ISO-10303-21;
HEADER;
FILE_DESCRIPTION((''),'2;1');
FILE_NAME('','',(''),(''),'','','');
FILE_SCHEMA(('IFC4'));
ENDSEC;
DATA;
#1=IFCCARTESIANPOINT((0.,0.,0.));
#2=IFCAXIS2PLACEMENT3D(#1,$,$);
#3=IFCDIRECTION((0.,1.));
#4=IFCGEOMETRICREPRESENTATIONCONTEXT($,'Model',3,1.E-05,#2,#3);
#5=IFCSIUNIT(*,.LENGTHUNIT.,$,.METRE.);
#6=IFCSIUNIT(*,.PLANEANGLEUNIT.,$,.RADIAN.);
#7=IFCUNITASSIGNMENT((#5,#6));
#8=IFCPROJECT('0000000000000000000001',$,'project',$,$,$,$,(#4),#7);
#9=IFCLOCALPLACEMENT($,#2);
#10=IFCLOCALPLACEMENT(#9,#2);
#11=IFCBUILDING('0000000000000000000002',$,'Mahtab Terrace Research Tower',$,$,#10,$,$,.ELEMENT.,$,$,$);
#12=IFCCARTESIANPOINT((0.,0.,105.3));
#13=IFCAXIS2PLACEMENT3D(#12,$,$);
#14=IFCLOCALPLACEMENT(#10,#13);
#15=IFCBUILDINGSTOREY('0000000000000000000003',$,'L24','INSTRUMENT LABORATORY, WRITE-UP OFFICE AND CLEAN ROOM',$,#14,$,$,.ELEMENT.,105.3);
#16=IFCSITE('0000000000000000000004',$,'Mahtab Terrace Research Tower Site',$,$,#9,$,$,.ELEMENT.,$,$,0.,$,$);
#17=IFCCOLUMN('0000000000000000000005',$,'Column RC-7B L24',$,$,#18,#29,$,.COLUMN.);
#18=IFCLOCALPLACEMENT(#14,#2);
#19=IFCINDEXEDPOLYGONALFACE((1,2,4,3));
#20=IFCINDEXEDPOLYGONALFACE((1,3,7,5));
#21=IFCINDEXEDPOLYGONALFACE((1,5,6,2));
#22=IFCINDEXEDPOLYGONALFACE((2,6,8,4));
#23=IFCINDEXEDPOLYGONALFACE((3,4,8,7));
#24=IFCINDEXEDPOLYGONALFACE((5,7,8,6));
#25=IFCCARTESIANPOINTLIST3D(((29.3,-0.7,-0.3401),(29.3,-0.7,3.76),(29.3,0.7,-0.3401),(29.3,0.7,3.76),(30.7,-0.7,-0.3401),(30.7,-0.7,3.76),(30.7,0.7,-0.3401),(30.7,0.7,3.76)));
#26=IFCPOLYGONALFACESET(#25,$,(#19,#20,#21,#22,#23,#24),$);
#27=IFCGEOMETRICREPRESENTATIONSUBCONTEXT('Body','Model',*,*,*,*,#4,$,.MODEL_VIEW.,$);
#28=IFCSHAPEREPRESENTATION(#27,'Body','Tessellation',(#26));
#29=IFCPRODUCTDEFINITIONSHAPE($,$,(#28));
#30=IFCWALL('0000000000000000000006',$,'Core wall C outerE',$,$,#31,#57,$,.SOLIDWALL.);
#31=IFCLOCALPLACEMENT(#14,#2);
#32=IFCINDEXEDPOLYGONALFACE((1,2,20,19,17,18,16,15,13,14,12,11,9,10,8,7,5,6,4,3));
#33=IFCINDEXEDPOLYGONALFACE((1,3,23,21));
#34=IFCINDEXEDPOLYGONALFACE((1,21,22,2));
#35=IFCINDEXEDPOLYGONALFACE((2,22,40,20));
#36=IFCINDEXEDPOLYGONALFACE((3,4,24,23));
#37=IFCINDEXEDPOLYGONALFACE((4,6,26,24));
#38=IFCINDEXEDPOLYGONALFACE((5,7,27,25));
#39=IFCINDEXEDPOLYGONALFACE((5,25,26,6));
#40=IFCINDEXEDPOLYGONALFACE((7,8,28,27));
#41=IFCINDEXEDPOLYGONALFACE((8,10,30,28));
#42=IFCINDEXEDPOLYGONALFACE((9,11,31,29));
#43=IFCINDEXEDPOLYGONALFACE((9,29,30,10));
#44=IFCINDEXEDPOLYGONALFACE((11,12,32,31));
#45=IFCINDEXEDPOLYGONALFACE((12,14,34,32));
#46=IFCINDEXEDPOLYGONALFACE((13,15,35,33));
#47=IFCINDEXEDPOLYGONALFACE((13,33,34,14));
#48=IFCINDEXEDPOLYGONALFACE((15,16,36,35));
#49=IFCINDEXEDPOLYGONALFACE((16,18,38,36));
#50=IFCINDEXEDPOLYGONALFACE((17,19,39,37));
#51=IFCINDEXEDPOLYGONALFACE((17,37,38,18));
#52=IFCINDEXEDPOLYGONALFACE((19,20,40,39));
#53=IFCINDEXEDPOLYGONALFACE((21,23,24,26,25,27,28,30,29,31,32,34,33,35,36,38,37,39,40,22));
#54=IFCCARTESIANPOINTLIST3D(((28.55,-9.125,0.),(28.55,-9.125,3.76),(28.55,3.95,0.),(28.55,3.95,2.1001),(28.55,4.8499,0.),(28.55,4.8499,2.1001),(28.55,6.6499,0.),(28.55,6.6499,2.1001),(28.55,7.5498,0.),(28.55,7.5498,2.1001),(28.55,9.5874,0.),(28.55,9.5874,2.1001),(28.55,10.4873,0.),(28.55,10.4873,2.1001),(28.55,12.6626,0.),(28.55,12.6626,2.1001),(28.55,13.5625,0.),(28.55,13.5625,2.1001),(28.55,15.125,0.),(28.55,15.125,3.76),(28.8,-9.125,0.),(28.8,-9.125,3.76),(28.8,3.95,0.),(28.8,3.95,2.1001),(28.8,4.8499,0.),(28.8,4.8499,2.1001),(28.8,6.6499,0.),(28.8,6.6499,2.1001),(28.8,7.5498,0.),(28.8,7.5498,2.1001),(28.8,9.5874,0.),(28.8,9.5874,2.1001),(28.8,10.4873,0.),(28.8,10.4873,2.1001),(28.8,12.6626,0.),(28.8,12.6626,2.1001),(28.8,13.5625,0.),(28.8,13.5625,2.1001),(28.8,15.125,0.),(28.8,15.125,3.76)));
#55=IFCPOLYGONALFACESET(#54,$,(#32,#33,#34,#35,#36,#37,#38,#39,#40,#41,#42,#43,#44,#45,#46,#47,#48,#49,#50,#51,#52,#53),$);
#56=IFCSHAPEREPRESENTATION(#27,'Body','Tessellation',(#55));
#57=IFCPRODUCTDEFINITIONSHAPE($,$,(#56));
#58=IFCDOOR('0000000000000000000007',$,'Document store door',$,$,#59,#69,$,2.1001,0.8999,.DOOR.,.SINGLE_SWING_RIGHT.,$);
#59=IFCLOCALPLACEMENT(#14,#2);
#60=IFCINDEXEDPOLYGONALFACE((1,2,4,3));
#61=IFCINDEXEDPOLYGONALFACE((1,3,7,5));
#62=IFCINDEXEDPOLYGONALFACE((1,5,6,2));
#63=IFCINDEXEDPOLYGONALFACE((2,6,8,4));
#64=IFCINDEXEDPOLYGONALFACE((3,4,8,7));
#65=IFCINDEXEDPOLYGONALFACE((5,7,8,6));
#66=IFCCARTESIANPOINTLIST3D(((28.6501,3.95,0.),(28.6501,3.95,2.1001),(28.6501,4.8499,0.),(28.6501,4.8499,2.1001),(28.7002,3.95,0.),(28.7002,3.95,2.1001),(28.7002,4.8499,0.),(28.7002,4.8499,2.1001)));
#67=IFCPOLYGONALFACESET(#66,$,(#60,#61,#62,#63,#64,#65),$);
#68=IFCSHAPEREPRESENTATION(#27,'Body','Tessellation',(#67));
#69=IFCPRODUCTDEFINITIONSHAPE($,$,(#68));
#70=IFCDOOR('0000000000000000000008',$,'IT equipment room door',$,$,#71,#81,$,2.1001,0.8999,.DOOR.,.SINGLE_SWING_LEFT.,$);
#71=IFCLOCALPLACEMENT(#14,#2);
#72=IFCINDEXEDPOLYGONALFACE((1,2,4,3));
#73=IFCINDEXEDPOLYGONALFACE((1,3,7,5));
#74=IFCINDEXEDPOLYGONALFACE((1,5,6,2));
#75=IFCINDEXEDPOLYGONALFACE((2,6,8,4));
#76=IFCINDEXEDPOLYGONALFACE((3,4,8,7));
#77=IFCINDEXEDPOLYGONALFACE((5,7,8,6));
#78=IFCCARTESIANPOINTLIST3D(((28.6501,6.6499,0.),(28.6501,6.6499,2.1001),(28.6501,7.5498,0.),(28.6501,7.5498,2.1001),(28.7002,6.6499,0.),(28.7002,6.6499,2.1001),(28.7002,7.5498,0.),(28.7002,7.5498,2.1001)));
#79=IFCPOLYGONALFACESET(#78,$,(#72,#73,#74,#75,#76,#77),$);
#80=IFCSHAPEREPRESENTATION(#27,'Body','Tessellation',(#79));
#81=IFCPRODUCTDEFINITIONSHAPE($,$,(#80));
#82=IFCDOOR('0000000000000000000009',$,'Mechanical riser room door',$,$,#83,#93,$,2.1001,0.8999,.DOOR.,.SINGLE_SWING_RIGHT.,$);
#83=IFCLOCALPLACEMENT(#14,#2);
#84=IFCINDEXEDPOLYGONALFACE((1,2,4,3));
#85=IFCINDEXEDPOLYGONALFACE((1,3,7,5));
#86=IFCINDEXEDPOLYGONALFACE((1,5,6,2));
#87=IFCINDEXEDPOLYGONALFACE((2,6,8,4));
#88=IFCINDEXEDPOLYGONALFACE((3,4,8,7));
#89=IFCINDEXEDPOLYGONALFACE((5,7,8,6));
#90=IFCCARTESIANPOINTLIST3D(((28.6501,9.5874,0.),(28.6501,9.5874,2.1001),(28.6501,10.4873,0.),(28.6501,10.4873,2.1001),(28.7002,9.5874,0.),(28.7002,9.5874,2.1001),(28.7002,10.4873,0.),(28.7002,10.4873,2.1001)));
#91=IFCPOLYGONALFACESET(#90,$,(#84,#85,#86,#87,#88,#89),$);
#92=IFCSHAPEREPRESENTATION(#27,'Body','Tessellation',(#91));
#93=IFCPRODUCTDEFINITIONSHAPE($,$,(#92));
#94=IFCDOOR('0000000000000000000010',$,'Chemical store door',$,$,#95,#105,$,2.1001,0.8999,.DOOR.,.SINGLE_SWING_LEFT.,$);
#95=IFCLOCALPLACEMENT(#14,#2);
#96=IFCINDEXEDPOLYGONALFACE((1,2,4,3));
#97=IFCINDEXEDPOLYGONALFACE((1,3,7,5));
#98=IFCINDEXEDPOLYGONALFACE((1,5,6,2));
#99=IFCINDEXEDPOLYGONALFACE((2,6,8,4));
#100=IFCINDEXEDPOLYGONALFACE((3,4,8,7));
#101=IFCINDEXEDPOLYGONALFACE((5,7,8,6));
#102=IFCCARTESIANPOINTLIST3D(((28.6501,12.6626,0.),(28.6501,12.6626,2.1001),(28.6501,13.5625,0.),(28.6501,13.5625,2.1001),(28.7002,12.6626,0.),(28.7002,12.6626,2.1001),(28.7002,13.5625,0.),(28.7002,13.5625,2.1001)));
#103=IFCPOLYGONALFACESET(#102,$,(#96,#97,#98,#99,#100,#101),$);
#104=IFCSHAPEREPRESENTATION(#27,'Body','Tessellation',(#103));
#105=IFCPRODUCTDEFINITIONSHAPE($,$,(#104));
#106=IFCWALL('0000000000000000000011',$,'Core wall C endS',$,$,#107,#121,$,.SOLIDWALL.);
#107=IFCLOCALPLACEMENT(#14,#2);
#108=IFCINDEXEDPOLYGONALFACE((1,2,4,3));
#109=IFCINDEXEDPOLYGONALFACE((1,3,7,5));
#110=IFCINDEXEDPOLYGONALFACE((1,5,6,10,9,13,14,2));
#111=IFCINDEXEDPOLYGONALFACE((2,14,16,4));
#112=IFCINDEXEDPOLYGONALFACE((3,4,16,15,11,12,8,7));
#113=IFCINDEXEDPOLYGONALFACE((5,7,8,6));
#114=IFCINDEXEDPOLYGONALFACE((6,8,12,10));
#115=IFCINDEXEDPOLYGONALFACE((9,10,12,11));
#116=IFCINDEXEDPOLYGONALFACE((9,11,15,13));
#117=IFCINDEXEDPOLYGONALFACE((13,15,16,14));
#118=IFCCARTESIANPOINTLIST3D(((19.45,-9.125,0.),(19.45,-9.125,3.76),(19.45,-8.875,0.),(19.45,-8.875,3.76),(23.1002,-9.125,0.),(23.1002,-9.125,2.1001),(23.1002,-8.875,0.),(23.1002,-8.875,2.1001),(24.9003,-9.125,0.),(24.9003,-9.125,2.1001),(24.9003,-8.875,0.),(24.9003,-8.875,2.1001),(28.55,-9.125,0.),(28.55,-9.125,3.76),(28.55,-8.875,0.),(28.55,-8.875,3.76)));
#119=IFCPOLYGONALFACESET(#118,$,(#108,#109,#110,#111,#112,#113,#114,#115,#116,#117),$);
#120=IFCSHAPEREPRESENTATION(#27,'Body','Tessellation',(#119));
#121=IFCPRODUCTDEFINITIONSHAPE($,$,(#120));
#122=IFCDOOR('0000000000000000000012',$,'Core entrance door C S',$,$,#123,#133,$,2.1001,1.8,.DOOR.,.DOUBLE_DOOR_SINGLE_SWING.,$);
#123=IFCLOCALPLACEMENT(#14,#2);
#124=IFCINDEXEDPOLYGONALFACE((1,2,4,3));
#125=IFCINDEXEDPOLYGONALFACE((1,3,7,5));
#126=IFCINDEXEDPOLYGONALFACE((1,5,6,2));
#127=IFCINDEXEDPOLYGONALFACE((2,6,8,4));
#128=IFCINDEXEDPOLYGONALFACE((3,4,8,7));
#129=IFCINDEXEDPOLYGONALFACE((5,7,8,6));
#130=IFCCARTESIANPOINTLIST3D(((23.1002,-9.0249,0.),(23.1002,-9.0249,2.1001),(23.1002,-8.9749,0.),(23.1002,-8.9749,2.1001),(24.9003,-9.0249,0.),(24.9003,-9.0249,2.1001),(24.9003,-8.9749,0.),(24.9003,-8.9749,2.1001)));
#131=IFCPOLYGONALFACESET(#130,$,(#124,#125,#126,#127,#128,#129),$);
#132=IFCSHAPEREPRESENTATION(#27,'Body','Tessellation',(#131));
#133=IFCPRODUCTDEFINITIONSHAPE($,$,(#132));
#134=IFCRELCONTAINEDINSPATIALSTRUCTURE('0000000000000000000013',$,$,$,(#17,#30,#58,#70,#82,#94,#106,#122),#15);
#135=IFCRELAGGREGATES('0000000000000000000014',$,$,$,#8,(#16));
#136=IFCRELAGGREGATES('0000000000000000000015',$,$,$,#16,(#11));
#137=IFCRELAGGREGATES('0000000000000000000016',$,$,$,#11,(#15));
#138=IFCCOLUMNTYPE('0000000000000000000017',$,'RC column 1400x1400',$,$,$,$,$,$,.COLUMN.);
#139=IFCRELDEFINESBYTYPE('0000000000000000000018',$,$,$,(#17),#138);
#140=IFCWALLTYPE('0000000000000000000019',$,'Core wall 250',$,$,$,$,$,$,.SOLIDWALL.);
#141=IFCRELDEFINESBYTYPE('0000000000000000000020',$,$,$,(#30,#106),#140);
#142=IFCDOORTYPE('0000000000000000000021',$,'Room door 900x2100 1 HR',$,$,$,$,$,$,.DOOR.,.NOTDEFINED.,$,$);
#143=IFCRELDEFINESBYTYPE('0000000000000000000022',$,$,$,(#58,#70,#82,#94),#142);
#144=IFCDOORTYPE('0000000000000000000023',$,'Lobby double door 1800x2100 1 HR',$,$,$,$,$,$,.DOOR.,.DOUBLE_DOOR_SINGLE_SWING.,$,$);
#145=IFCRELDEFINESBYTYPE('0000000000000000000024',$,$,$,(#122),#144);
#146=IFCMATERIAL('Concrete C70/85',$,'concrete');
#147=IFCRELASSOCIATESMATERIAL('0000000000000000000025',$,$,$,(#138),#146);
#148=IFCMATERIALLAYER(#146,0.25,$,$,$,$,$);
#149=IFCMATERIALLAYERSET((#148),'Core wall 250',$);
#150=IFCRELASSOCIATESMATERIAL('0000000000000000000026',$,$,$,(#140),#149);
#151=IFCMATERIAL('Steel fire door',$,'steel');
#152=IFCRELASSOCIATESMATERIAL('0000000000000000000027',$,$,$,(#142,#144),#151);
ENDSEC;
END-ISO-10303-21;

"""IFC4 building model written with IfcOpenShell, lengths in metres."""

from ifc_helpers import new_model, si_unit, direction, frame, frame_2d, origin, origin_2d, place, context, subcontext, project, spatial, rectangle, extrude, material, layer, layer_set, material_profile, profile_set, type_object, element, fill, save


model = new_model("IFC4")

# Units and contexts
model_context = context("Model", 3, precision=1e-05, world=origin(), true_north=direction((0.0, 1.0)))
body_context = subcontext(model_context, "Body", "Model", "MODEL_VIEW")
ifc_project = project(units=[si_unit("LENGTHUNIT", "METRE"), si_unit("PLANEANGLEUNIT", "RADIAN")], contexts=[model_context])

# Site, building, storey
site_placement = place(None, origin())
site = spatial("IfcSite", under=ifc_project, at=site_placement, Name="Mahtab Terrace Research Tower Site", CompositionType="ELEMENT", RefElevation=0.0)
building_placement = place(site_placement, origin())
building = spatial("IfcBuilding", under=site, at=building_placement, Name="Mahtab Terrace Research Tower", CompositionType="ELEMENT")
storey_placement = place(building_placement, frame((0.0, 0.0, 105.3)))
storey = spatial("IfcBuildingStorey", under=building, at=storey_placement, Name="L24", Description="INSTRUMENT LABORATORY, WRITE-UP OFFICE AND CLEAN ROOM", CompositionType="ELEMENT", Elevation=105.3)

# Column
ifc_material_1 = material(Name="Concrete C70/85", Category="concrete")
ifc_material_profile = material_profile(ifc_material_1, rectangle(XDim=1.3999, YDim=1.3999, at=origin_2d()), Name="RC column 1400x1400")
ifc_profile_set = profile_set([ifc_material_profile], Name="Concrete C70/85")
column_type = type_object("IfcColumnType", Name="RC column 1400x1400", PredefinedType="COLUMN", material=ifc_profile_set)
column_placement = place(storey_placement, frame((30.0, 0.0, -0.3401), z_axis=(0.0, 0.0, 1.0), x_axis=(1.0, 0.0, 0.0)))
element("IfcColumn", 1, at=column_placement, inside=storey, type_object=column_type, Name="Column RC-7B L24", PredefinedType="COLUMN", context=body_context, shape_type="SweptSolid", body=[
    extrude(rectangle(XDim=1.3999, YDim=1.3999, at=origin_2d()), origin(), (0.0, 0.0, 1.0), 4.1001),
])

# Wall, openings, doors
ifc_layer_1 = layer(ifc_material_1, 0.25)
ifc_layer_set_1 = layer_set([ifc_layer_1], Name="Core wall 250")
wall_type_1 = type_object("IfcWallType", Name="Core wall 250", PredefinedType="SOLIDWALL", material=ifc_layer_set_1)
wall_1_placement = place(storey_placement, frame((28.675, -9.125, 0.0), z_axis=(0.0, 0.0, 1.0), x_axis=(0.0, 1.0, 0.0)))
wall_1 = element("IfcWall", 2, at=wall_1_placement, inside=storey, type_object=wall_type_1, Name="Core wall C outerE", PredefinedType="SOLIDWALL", context=body_context, shape_type="SweptSolid", body=[
    extrude(rectangle(XDim=24.25, YDim=0.25, at=frame_2d((12.125, 0.0))), origin(), (0.0, 0.0, 1.0), 3.76),
])
opening_1_placement = place(wall_1_placement, frame((13.075, 0.0, 0.0)))
opening_1 = element("IfcOpeningElement", 3, at=opening_1_placement, cuts=wall_1, PredefinedType="OPENING", context=body_context, shape_type="SweptSolid", body=[
    extrude(rectangle(XDim=0.8999, YDim=2.1001, at=frame_2d((0.45, 1.05))), frame((0.0, 0.135, 0.0), z_axis=(0.0, -1.0, 0.0), x_axis=(1.0, 0.0, 0.0)), (0.0, 0.0, 1.0), 0.27),
])
opening_2_placement = place(wall_1_placement, frame((15.7749, 0.0, 0.0)))
opening_2 = element("IfcOpeningElement", 4, at=opening_2_placement, cuts=wall_1, PredefinedType="OPENING", context=body_context, shape_type="SweptSolid", body=[
    extrude(rectangle(XDim=0.8999, YDim=2.1001, at=frame_2d((0.45, 1.05))), frame((0.0, 0.135, 0.0), z_axis=(0.0, -1.0, 0.0), x_axis=(1.0, 0.0, 0.0)), (0.0, 0.0, 1.0), 0.27),
])
opening_3_placement = place(wall_1_placement, frame((18.7124, 0.0, 0.0)))
opening_3 = element("IfcOpeningElement", 5, at=opening_3_placement, cuts=wall_1, PredefinedType="OPENING", context=body_context, shape_type="SweptSolid", body=[
    extrude(rectangle(XDim=0.8999, YDim=2.1001, at=frame_2d((0.45, 1.05))), frame((0.0, 0.135, 0.0), z_axis=(0.0, -1.0, 0.0), x_axis=(1.0, 0.0, 0.0)), (0.0, 0.0, 1.0), 0.27),
])
opening_4_placement = place(wall_1_placement, frame((21.7876, 0.0, 0.0)))
opening_4 = element("IfcOpeningElement", 6, at=opening_4_placement, cuts=wall_1, PredefinedType="OPENING", context=body_context, shape_type="SweptSolid", body=[
    extrude(rectangle(XDim=0.8999, YDim=2.1001, at=frame_2d((0.45, 1.05))), frame((0.0, 0.135, 0.0), z_axis=(0.0, -1.0, 0.0), x_axis=(1.0, 0.0, 0.0)), (0.0, 0.0, 1.0), 0.27),
])
ifc_material_2 = material(Name="Steel fire door", Category="steel")
door_type_1 = type_object("IfcDoorType", Name="Room door 900x2100 1 HR", OperationType="NOTDEFINED", PredefinedType="DOOR", material=ifc_material_2)
door_1_placement = place(opening_1_placement, origin())
door_1 = element("IfcDoor", 7, at=door_1_placement, inside=storey, type_object=door_type_1, Name="Document store door", OperationType="SINGLE_SWING_RIGHT", OverallHeight=2.1001, OverallWidth=0.8999, PredefinedType="DOOR", context=body_context, shape_type="SweptSolid", body=[
    extrude(rectangle(XDim=0.8999, YDim=2.1001, at=frame_2d((0.45, 1.05))), frame((0.0, 0.0249, 0.0), z_axis=(0.0, -1.0, 0.0), x_axis=(1.0, 0.0, 0.0)), (0.0, 0.0, 1.0), 0.05),
])
fill(opening_1, door_1)
door_2_placement = place(opening_2_placement, origin())
door_2 = element("IfcDoor", 8, at=door_2_placement, inside=storey, type_object=door_type_1, Name="IT equipment room door", OperationType="SINGLE_SWING_LEFT", OverallHeight=2.1001, OverallWidth=0.8999, PredefinedType="DOOR", context=body_context, shape_type="SweptSolid", body=[
    extrude(rectangle(XDim=0.8999, YDim=2.1001, at=frame_2d((0.45, 1.05))), frame((0.0, 0.0249, 0.0), z_axis=(0.0, -1.0, 0.0), x_axis=(1.0, 0.0, 0.0)), (0.0, 0.0, 1.0), 0.05),
])
fill(opening_2, door_2)
door_3_placement = place(opening_3_placement, origin())
door_3 = element("IfcDoor", 9, at=door_3_placement, inside=storey, type_object=door_type_1, Name="Mechanical riser room door", OperationType="SINGLE_SWING_RIGHT", OverallHeight=2.1001, OverallWidth=0.8999, PredefinedType="DOOR", context=body_context, shape_type="SweptSolid", body=[
    extrude(rectangle(XDim=0.8999, YDim=2.1001, at=frame_2d((0.45, 1.05))), frame((0.0, 0.0249, 0.0), z_axis=(0.0, -1.0, 0.0), x_axis=(1.0, 0.0, 0.0)), (0.0, 0.0, 1.0), 0.05),
])
fill(opening_3, door_3)
door_4_placement = place(opening_4_placement, origin())
door_4 = element("IfcDoor", 10, at=door_4_placement, inside=storey, type_object=door_type_1, Name="Chemical store door", OperationType="SINGLE_SWING_LEFT", OverallHeight=2.1001, OverallWidth=0.8999, PredefinedType="DOOR", context=body_context, shape_type="SweptSolid", body=[
    extrude(rectangle(XDim=0.8999, YDim=2.1001, at=frame_2d((0.45, 1.05))), frame((0.0, 0.0249, 0.0), z_axis=(0.0, -1.0, 0.0), x_axis=(1.0, 0.0, 0.0)), (0.0, 0.0, 1.0), 0.05),
])
fill(opening_4, door_4)

# Wall, opening, door
wall_2_placement = place(storey_placement, frame((28.55, -9.0, 0.0), z_axis=(0.0, 0.0, 1.0), x_axis=(-1.0, 0.0, 0.0)))
wall_2 = element("IfcWall", 11, at=wall_2_placement, inside=storey, type_object=wall_type_1, Name="Core wall C endS", PredefinedType="SOLIDWALL", context=body_context, shape_type="SweptSolid", body=[
    extrude(rectangle(XDim=9.1001, YDim=0.25, at=frame_2d((4.55, 0.0))), origin(), (0.0, 0.0, 1.0), 3.76),
])
opening_5_placement = place(wall_2_placement, frame((3.6499, 0.0, 0.0)))
opening_5 = element("IfcOpeningElement", 12, at=opening_5_placement, cuts=wall_2, PredefinedType="OPENING", context=body_context, shape_type="SweptSolid", body=[
    extrude(rectangle(XDim=1.8, YDim=2.1001, at=frame_2d((0.8999, 1.05))), frame((0.0, 0.135, 0.0), z_axis=(0.0, -1.0, 0.0), x_axis=(1.0, 0.0, 0.0)), (0.0, 0.0, 1.0), 0.27),
])
door_type_2 = type_object("IfcDoorType", Name="Lobby double door 1800x2100 1 HR", OperationType="DOUBLE_DOOR_SINGLE_SWING", PredefinedType="DOOR", material=ifc_material_2)
door_5_placement = place(opening_5_placement, origin())
door_5 = element("IfcDoor", 13, at=door_5_placement, inside=storey, type_object=door_type_2, Name="Core entrance door C S", OperationType="DOUBLE_DOOR_SINGLE_SWING", OverallHeight=2.1001, OverallWidth=1.8, PredefinedType="DOOR", context=body_context, shape_type="SweptSolid", body=[
    extrude(rectangle(XDim=1.8, YDim=2.1001, at=frame_2d((0.8999, 1.05))), frame((0.0, 0.0249, 0.0), z_axis=(0.0, -1.0, 0.0), x_axis=(1.0, 0.0, 0.0)), (0.0, 0.0, 1.0), 0.05),
])
fill(opening_5, door_5)

save(model, "model.ifc")
